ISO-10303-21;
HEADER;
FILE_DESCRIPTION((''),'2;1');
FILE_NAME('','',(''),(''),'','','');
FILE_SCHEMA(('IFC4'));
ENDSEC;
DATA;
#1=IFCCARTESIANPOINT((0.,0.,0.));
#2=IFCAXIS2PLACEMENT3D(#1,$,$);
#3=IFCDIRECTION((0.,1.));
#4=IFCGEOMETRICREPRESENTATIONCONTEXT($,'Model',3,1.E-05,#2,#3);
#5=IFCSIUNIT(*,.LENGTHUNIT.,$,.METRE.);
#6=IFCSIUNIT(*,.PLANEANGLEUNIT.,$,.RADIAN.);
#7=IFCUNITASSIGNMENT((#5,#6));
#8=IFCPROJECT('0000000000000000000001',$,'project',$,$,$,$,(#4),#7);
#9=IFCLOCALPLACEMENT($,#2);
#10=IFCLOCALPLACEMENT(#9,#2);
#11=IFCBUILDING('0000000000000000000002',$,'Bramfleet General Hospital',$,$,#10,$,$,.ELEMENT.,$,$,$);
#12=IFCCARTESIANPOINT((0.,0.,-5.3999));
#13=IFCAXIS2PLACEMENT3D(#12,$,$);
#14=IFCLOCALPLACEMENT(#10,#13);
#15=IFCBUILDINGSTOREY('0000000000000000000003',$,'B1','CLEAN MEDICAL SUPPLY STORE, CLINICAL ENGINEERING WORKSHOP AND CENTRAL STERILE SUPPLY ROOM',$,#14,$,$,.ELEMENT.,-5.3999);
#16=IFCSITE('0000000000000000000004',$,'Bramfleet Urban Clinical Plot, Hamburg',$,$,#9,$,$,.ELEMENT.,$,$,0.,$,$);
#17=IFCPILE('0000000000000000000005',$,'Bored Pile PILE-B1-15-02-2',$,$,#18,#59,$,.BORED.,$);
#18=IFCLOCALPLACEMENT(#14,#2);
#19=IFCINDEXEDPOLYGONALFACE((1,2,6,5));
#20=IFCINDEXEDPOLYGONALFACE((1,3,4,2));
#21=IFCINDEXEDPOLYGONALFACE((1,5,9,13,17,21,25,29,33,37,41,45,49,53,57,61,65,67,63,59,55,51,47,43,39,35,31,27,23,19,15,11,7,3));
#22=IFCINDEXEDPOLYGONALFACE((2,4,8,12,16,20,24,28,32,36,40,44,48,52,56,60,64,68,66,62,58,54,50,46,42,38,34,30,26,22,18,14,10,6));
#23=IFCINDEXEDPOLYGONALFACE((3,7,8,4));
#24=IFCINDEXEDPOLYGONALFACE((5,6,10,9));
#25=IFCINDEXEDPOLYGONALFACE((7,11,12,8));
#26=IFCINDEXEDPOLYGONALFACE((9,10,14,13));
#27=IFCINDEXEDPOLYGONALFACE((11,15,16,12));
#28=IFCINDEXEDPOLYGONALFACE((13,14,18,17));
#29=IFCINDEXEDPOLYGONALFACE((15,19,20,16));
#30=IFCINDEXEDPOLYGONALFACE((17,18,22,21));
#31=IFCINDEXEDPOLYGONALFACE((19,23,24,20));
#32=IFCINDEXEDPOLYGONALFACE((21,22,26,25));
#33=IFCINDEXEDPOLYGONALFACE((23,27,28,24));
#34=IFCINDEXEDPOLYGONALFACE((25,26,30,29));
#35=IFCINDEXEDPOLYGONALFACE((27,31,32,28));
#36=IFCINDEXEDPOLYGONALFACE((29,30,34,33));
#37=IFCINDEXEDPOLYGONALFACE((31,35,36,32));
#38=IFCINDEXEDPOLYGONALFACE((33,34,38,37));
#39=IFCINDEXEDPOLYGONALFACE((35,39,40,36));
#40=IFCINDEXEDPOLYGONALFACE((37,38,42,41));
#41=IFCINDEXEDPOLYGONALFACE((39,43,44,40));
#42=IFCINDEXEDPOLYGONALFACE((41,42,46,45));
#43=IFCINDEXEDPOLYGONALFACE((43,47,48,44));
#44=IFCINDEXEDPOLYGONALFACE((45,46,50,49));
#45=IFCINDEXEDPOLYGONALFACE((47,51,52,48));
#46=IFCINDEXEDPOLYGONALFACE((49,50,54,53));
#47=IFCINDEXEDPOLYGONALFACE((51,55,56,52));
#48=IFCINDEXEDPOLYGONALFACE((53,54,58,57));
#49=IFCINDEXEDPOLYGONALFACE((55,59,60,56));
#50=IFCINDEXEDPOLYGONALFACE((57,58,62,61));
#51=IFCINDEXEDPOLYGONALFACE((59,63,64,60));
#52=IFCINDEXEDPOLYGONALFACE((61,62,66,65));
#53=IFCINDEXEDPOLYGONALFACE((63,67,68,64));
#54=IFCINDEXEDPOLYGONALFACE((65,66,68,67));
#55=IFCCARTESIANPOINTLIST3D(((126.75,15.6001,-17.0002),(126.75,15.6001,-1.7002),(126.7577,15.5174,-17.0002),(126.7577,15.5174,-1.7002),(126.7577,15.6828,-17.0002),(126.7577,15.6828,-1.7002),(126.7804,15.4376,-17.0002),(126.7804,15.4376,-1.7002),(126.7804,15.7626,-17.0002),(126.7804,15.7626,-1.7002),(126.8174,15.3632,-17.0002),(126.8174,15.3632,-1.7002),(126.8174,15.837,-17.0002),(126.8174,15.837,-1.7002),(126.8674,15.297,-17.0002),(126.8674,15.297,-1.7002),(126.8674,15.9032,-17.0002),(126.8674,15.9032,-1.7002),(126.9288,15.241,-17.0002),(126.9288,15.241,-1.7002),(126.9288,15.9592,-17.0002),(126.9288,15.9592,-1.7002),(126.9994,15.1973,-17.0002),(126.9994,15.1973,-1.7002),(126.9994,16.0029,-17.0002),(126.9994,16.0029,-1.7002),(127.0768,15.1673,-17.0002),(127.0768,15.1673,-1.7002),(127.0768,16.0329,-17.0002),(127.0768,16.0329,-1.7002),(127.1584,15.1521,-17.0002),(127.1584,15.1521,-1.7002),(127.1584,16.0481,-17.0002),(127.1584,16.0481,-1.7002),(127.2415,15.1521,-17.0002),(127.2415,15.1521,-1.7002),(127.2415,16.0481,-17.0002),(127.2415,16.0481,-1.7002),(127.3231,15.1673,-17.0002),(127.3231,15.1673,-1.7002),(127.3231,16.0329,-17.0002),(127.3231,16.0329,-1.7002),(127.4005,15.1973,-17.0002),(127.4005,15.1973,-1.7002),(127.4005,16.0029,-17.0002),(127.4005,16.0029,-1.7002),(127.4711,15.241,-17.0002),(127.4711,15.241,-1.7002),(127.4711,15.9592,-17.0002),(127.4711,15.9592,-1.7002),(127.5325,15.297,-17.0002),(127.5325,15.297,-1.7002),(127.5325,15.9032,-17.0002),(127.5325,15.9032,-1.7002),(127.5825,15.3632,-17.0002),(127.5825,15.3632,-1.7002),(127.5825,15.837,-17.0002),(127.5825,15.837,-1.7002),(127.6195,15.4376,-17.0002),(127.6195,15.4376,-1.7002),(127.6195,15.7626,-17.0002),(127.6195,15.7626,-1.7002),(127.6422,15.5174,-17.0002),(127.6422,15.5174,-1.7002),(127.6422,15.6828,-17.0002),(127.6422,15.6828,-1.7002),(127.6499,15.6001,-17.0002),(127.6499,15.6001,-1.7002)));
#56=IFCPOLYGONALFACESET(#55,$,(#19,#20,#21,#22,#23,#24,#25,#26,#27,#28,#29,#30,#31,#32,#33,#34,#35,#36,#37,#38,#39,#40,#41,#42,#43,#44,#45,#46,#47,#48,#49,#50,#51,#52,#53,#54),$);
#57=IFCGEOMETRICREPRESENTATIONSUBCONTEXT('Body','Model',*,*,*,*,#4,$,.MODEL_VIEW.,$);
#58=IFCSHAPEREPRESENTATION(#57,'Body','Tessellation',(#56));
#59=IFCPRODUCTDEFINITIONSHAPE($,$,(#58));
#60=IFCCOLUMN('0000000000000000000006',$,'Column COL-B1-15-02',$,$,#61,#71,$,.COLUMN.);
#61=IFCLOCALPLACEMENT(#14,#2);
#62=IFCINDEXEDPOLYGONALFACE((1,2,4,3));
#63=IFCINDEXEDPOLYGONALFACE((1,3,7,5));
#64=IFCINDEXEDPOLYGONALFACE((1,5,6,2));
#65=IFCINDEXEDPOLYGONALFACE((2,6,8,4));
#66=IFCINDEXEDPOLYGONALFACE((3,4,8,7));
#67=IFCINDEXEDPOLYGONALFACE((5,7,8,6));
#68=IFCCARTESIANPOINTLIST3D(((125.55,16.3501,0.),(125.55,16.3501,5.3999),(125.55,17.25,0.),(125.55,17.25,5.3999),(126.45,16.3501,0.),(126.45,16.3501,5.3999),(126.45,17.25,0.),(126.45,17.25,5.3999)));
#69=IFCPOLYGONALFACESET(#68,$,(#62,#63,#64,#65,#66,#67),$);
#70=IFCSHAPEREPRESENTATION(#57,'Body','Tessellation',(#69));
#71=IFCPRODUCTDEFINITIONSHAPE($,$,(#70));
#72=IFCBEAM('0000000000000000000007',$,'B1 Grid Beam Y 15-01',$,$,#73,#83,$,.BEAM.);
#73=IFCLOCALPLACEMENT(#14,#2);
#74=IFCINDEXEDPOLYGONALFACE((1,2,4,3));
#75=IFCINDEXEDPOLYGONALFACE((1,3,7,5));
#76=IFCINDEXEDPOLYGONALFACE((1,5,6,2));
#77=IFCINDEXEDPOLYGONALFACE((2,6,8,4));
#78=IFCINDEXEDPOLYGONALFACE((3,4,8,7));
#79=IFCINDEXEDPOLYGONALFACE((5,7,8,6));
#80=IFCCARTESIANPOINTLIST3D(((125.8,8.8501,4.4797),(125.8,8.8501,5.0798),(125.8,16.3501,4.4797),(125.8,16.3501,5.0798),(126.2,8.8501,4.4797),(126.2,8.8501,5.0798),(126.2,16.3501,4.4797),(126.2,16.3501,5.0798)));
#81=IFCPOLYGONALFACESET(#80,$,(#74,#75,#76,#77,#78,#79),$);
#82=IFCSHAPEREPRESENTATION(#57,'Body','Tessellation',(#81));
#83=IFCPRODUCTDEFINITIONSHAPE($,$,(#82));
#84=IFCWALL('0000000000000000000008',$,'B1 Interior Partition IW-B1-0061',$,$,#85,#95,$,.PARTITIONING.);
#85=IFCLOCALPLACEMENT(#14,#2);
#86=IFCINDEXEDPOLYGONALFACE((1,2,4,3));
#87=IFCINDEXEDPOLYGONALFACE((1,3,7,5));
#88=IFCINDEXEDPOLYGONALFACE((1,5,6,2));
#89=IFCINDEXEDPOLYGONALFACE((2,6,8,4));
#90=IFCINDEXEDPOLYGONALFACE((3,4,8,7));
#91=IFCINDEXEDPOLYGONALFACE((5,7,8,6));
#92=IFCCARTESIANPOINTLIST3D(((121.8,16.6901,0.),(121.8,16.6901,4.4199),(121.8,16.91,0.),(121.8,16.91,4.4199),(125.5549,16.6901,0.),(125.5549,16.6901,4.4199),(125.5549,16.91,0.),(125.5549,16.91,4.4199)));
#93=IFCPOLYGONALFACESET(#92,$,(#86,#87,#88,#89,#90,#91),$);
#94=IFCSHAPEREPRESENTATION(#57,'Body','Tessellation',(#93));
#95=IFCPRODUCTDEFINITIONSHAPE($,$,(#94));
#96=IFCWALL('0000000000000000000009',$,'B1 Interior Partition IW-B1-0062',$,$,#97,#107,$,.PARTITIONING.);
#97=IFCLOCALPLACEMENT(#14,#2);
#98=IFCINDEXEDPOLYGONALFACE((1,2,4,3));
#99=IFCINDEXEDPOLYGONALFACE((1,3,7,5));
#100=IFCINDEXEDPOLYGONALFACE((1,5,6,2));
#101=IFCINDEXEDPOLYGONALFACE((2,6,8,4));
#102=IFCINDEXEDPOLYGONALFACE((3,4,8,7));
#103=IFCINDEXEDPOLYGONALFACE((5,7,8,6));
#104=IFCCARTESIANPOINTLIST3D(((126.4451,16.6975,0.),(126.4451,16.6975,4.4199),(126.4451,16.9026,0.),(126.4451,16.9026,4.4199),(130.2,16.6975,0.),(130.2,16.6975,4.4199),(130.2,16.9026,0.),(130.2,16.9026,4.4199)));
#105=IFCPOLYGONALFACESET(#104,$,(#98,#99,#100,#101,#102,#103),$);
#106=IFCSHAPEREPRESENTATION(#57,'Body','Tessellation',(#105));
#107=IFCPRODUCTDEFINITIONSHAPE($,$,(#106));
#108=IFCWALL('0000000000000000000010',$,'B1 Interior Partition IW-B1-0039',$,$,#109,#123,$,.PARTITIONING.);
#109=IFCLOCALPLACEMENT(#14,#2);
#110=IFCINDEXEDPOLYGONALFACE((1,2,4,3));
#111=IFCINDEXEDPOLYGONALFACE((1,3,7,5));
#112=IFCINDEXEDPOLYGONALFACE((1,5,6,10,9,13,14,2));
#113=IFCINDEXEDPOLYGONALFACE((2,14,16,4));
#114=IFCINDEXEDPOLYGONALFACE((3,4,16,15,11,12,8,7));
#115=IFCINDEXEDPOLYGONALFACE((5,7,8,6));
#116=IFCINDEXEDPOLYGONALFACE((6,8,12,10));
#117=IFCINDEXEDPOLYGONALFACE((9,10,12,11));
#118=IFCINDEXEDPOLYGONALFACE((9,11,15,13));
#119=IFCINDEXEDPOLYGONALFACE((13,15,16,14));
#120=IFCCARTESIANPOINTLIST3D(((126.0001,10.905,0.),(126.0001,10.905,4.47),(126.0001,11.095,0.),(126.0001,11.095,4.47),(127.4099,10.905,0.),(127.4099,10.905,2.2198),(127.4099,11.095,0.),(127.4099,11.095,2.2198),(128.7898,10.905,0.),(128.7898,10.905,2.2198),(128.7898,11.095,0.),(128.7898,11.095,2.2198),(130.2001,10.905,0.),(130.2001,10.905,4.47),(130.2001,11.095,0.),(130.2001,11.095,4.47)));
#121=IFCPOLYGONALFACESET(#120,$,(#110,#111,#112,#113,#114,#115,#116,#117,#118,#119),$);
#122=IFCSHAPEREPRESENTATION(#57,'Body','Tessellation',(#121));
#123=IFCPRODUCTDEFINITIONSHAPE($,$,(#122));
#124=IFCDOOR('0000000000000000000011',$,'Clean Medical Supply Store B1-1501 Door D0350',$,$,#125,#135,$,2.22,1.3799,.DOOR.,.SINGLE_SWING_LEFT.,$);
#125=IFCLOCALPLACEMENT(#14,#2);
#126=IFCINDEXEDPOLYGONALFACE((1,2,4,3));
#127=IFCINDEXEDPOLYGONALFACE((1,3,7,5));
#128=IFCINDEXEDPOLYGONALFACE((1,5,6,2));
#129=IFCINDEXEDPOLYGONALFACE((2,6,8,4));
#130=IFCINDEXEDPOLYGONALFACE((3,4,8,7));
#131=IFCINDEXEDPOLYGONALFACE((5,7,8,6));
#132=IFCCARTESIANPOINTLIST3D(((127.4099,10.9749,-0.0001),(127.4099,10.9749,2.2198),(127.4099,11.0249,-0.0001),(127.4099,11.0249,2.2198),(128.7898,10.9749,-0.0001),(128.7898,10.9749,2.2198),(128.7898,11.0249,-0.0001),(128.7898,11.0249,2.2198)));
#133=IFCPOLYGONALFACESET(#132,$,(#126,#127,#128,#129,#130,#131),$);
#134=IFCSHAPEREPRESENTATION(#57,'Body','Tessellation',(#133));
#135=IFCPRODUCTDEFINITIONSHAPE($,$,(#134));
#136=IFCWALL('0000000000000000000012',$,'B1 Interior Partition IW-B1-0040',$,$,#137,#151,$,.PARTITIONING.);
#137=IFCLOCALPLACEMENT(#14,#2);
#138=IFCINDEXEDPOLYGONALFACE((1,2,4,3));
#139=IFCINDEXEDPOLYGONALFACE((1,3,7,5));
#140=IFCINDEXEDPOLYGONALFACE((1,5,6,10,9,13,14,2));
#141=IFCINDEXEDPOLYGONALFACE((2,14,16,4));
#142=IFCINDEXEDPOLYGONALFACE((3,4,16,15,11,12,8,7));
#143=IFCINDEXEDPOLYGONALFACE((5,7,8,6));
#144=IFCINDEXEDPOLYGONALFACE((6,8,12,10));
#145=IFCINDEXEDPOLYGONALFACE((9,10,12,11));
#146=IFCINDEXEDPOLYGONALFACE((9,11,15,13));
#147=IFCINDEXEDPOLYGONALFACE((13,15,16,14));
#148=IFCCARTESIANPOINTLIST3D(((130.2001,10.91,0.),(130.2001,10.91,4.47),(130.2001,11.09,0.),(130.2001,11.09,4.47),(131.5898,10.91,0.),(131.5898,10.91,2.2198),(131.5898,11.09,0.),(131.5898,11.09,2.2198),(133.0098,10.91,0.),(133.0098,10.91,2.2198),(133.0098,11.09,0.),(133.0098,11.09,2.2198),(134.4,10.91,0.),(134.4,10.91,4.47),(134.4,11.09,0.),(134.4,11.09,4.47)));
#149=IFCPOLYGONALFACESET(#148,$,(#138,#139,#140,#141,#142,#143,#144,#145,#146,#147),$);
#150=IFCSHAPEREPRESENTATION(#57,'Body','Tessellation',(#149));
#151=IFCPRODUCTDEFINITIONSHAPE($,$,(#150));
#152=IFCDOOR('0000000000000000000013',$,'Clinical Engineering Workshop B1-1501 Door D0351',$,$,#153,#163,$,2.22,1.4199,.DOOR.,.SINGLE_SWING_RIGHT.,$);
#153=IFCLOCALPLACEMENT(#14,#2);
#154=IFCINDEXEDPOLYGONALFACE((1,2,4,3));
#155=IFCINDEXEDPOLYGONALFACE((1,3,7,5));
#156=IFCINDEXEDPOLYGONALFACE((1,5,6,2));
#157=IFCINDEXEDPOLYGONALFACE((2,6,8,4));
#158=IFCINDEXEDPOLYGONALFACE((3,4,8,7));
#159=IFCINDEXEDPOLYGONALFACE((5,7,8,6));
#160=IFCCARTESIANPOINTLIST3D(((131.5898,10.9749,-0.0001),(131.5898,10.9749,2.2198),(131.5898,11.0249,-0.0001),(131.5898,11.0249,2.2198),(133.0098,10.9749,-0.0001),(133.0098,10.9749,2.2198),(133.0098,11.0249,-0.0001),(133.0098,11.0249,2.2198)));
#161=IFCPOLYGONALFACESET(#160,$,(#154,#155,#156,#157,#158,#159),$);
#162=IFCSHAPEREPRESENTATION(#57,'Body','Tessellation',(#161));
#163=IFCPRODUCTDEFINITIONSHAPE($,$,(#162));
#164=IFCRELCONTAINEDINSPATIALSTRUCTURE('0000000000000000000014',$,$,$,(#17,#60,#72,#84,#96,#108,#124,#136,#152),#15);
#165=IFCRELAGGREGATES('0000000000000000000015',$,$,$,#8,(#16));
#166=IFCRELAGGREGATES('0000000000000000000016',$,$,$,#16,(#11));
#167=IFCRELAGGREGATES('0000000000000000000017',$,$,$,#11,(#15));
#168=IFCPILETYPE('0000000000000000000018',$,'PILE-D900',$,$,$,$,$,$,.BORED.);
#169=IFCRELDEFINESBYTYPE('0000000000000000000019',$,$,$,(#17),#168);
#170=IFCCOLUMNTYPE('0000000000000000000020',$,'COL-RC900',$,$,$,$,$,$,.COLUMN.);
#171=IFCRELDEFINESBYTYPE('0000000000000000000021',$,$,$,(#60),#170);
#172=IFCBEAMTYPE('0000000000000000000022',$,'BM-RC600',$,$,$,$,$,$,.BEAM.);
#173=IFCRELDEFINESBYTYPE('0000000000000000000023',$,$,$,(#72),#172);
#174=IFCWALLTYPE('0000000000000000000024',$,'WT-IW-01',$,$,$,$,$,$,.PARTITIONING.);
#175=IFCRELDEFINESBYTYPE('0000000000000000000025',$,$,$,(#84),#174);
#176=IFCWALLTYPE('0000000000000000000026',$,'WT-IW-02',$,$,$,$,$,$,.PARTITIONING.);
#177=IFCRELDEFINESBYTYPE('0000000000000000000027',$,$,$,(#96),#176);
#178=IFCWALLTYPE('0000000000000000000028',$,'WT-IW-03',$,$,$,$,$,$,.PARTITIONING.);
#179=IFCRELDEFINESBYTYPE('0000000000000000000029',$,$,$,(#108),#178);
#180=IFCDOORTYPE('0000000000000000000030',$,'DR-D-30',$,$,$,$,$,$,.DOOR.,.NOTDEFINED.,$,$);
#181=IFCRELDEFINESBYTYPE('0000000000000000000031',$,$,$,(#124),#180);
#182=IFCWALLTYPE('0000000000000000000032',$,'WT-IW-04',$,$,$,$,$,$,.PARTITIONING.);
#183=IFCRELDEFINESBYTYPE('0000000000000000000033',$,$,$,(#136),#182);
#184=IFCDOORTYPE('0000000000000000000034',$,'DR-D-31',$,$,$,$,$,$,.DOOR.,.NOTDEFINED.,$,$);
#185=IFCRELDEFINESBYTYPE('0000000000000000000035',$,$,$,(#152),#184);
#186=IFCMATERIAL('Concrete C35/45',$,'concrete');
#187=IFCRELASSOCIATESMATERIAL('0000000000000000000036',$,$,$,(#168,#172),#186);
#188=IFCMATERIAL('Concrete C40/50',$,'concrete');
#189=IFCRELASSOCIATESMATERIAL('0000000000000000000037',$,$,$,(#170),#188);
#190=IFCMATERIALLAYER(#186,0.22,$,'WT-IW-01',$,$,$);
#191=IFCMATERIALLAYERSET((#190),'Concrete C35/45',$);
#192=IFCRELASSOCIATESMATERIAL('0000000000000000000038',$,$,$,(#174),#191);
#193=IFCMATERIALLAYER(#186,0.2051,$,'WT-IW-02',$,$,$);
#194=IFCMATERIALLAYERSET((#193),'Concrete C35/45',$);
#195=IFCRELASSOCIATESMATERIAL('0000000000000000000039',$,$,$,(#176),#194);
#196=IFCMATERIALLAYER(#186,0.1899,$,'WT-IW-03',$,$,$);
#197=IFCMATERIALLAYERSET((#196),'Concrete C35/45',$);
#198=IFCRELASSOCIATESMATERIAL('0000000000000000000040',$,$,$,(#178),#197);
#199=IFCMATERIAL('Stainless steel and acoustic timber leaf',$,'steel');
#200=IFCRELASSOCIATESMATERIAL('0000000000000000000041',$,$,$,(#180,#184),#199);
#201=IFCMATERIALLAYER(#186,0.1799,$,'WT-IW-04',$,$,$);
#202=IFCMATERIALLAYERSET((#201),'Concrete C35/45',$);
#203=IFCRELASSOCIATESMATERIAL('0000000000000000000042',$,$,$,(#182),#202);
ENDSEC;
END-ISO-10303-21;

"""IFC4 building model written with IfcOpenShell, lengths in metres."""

from ifc_helpers import new_model, si_unit, direction, frame, frame_2d, origin, origin_2d, place, context, subcontext, project, spatial, rectangle, circle, extrude, material, layer, layer_set, material_profile, profile_set, type_object, element, fill, save


model = new_model("IFC4")

# Units and contexts
model_context = context("Model", 3, precision=1e-05, world=origin(), true_north=direction((0.0, 1.0)))
body_context = subcontext(model_context, "Body", "Model", "MODEL_VIEW")
ifc_project = project(units=[si_unit("LENGTHUNIT", "METRE"), si_unit("PLANEANGLEUNIT", "RADIAN")], contexts=[model_context])

# Site, building, storey
site_placement = place(None, origin())
site = spatial("IfcSite", under=ifc_project, at=site_placement, Name="Bramfleet Urban Clinical Plot, Hamburg", CompositionType="ELEMENT", RefElevation=0.0)
building_placement = place(site_placement, origin())
building = spatial("IfcBuilding", under=site, at=building_placement, Name="Bramfleet General Hospital", CompositionType="ELEMENT")
storey_placement = place(building_placement, frame((0.0, 0.0, -5.3999)))
storey = spatial("IfcBuildingStorey", under=building, at=storey_placement, Name="B1", Description="CLEAN MEDICAL SUPPLY STORE, CLINICAL ENGINEERING WORKSHOP AND CENTRAL STERILE SUPPLY ROOM", CompositionType="ELEMENT", Elevation=-5.3999)

# Shared definitions
ifc_material_1 = material(Name="Concrete C35/45", Category="concrete")

# Pile
ifc_material_profile_1 = material_profile(ifc_material_1, circle(Radius=0.45, at=origin_2d()), Name="PILE BORED D900")
ifc_profile_set_1 = profile_set([ifc_material_profile_1], Name="Concrete C35/45")
pile_type = type_object("IfcPileType", Name="PILE-D900", PredefinedType="BORED", material=ifc_profile_set_1)
for number, where, z_axis, x_axis, name in (
    (1, (127.2, 15.6001, -1.7002), (0.0, 0.0, -1.0), (1.0, 0.0, 0.0), "Bored Pile PILE-B1-15-02-2"),
):
    element("IfcPile", number, at=place(storey_placement, frame(where, z_axis=z_axis, x_axis=x_axis)), inside=storey, type_object=pile_type, Name=name, PredefinedType="BORED", context=body_context, shape_type="SweptSolid", body=[
        extrude(circle(Radius=0.45, at=origin_2d()), origin(), (0.0, 0.0, 1.0), 15.3),
    ])

# Column
ifc_material_2 = material(Name="Concrete C40/50", Category="concrete")
ifc_material_profile_2 = material_profile(ifc_material_2, rectangle(XDim=0.8999, YDim=0.8999, at=origin_2d()), Name="RC COL 900x900")
ifc_profile_set_2 = profile_set([ifc_material_profile_2], Name="Concrete C40/50")
column_type = type_object("IfcColumnType", Name="COL-RC900", PredefinedType="COLUMN", material=ifc_profile_set_2)
column_placement = place(storey_placement, frame((126.0, 16.8, 0.0), z_axis=(0.0, 0.0, 1.0), x_axis=(1.0, 0.0, 0.0)))
element("IfcColumn", 2, at=column_placement, inside=storey, type_object=column_type, Name="Column COL-B1-15-02", PredefinedType="COLUMN", context=body_context, shape_type="SweptSolid", body=[
    extrude(rectangle(XDim=0.8999, YDim=0.8999, at=origin_2d()), origin(), (0.0, 0.0, 1.0), 5.3999),
])

# Beam
ifc_material_profile_3 = material_profile(ifc_material_1, rectangle(XDim=0.3999, YDim=0.6001, at=origin_2d()), Name="RC BM 600x400")
ifc_profile_set_3 = profile_set([ifc_material_profile_3], Name="Concrete C35/45")
beam_type = type_object("IfcBeamType", Name="BM-RC600", PredefinedType="BEAM", material=ifc_profile_set_3)
beam_placement = place(storey_placement, frame((126.0, 8.8501, 4.7798), z_axis=(0.0, 1.0, 0.0), x_axis=(-1.0, 0.0, 0.0)))
element("IfcBeam", 3, at=beam_placement, inside=storey, type_object=beam_type, Name="B1 Grid Beam Y 15-01", PredefinedType="BEAM", context=body_context, shape_type="SweptSolid", body=[
    extrude(rectangle(XDim=0.3999, YDim=0.6001, at=origin_2d()), origin(), (0.0, 0.0, 1.0), 7.5),
])

# Wall
ifc_layer_1 = layer(ifc_material_1, 0.22, Name="WT-IW-01")
ifc_layer_set_1 = layer_set([ifc_layer_1], Name="Concrete C35/45")
wall_type_1 = type_object("IfcWallType", Name="WT-IW-01", PredefinedType="PARTITIONING", material=ifc_layer_set_1)
wall_1_placement = place(storey_placement, frame((121.8, 16.8, 0.0), z_axis=(0.0, 0.0, 1.0), x_axis=(1.0, 0.0, 0.0)))
element("IfcWall", 4, at=wall_1_placement, inside=storey, type_object=wall_type_1, Name="B1 Interior Partition IW-B1-0061", PredefinedType="PARTITIONING", context=body_context, shape_type="SweptSolid", body=[
    extrude(rectangle(XDim=3.7549, YDim=0.22, at=frame_2d((1.8774, 0.0))), origin(), (0.0, 0.0, 1.0), 4.4199),
])

# Shared definitions
ifc_layer_2 = layer(ifc_material_1, 0.2051, Name="WT-IW-02")
ifc_layer_set_2 = layer_set([ifc_layer_2], Name="Concrete C35/45")
wall_type_2 = type_object("IfcWallType", Name="WT-IW-02", PredefinedType="PARTITIONING", material=ifc_layer_set_2)
ifc_material_3 = material(Name="Stainless steel and acoustic timber leaf", Category="steel")

# Wall
wall_2_placement = place(storey_placement, frame((126.4451, 16.8, 0.0), z_axis=(0.0, 0.0, 1.0), x_axis=(1.0, 0.0, 0.0)))
element("IfcWall", 5, at=wall_2_placement, inside=storey, type_object=wall_type_2, Name="B1 Interior Partition IW-B1-0062", PredefinedType="PARTITIONING", context=body_context, shape_type="SweptSolid", body=[
    extrude(rectangle(XDim=3.7549, YDim=0.2051, at=frame_2d((1.8774, 0.0))), origin(), (0.0, 0.0, 1.0), 4.4199),
])

# Walls, openings, doors
ifc_layer_3 = layer(ifc_material_1, 0.1899, Name="WT-IW-03")
ifc_layer_set_3 = layer_set([ifc_layer_3], Name="Concrete C35/45")
wall_type_3 = type_object("IfcWallType", Name="WT-IW-03", PredefinedType="PARTITIONING", material=ifc_layer_set_3)
wall_3_placement = place(storey_placement, frame((126.0, 11.0, 0.0), z_axis=(0.0, 0.0, 1.0), x_axis=(1.0, 0.0, 0.0)))
wall_3 = element("IfcWall", 6, at=wall_3_placement, inside=storey, type_object=wall_type_3, Name="B1 Interior Partition IW-B1-0039", PredefinedType="PARTITIONING", context=body_context, shape_type="SweptSolid", body=[
    extrude(rectangle(XDim=4.2, YDim=0.1899, at=frame_2d((2.1001, 0.0))), origin(), (0.0, 0.0, 1.0), 4.47),
])
opening_1_placement = place(wall_3_placement, frame((1.4099, 0.0, 0.0)))
opening_1 = element("IfcOpeningElement", 7, at=opening_1_placement, cuts=wall_3, PredefinedType="OPENING", context=body_context, shape_type="SweptSolid", body=[
    extrude(rectangle(XDim=1.3799, YDim=2.22, at=frame_2d((0.6899, 1.1099))), frame((0.0, 0.105, 0.0), z_axis=(0.0, -1.0, 0.0), x_axis=(1.0, 0.0, 0.0)), (0.0, 0.0, 1.0), 0.21),
])
door_type_1 = type_object("IfcDoorType", Name="DR-D-30", OperationType="NOTDEFINED", PredefinedType="DOOR", material=ifc_material_3)
door_1_placement = place(opening_1_placement, origin())
door_1 = element("IfcDoor", 8, at=door_1_placement, inside=storey, type_object=door_type_1, Name="Clean Medical Supply Store B1-1501 Door D0350", OperationType="SINGLE_SWING_LEFT", OverallHeight=2.22, OverallWidth=1.3799, PredefinedType="DOOR", context=body_context, shape_type="SweptSolid", body=[
    extrude(rectangle(XDim=1.3799, YDim=2.22, at=frame_2d((0.6899, 1.1099))), frame((0.0, 0.0249, 0.0), z_axis=(0.0, -1.0, 0.0), x_axis=(1.0, 0.0, 0.0)), (0.0, 0.0, 1.0), 0.05),
])
fill(opening_1, door_1)
ifc_layer_4 = layer(ifc_material_1, 0.1799, Name="WT-IW-04")
ifc_layer_set_4 = layer_set([ifc_layer_4], Name="Concrete C35/45")
wall_type_4 = type_object("IfcWallType", Name="WT-IW-04", PredefinedType="PARTITIONING", material=ifc_layer_set_4)
wall_4_placement = place(storey_placement, frame((130.2, 11.0, 0.0), z_axis=(0.0, 0.0, 1.0), x_axis=(1.0, 0.0, 0.0)))
wall_4 = element("IfcWall", 9, at=wall_4_placement, inside=storey, type_object=wall_type_4, Name="B1 Interior Partition IW-B1-0040", PredefinedType="PARTITIONING", context=body_context, shape_type="SweptSolid", body=[
    extrude(rectangle(XDim=4.2, YDim=0.1799, at=frame_2d((2.1001, 0.0))), origin(), (0.0, 0.0, 1.0), 4.47),
])
opening_2_placement = place(wall_4_placement, frame((1.3899, 0.0, 0.0)))
opening_2 = element("IfcOpeningElement", 10, at=opening_2_placement, cuts=wall_4, PredefinedType="OPENING", context=body_context, shape_type="SweptSolid", body=[
    extrude(rectangle(XDim=1.4199, YDim=2.22, at=frame_2d((0.71, 1.1099))), frame((0.0, 0.0999, 0.0), z_axis=(0.0, -1.0, 0.0), x_axis=(1.0, 0.0, 0.0)), (0.0, 0.0, 1.0), 0.2),
])
door_type_2 = type_object("IfcDoorType", Name="DR-D-31", OperationType="NOTDEFINED", PredefinedType="DOOR", material=ifc_material_3)
door_2_placement = place(opening_2_placement, origin())
door_2 = element("IfcDoor", 11, at=door_2_placement, inside=storey, type_object=door_type_2, Name="Clinical Engineering Workshop B1-1501 Door D0351", OperationType="SINGLE_SWING_RIGHT", OverallHeight=2.22, OverallWidth=1.4199, PredefinedType="DOOR", context=body_context, shape_type="SweptSolid", body=[
    extrude(rectangle(XDim=1.4199, YDim=2.22, at=frame_2d((0.71, 1.1099))), frame((0.0, 0.0249, 0.0), z_axis=(0.0, -1.0, 0.0), x_axis=(1.0, 0.0, 0.0)), (0.0, 0.0, 1.0), 0.05),
])
fill(opening_2, door_2)

save(model, "model.ifc")
